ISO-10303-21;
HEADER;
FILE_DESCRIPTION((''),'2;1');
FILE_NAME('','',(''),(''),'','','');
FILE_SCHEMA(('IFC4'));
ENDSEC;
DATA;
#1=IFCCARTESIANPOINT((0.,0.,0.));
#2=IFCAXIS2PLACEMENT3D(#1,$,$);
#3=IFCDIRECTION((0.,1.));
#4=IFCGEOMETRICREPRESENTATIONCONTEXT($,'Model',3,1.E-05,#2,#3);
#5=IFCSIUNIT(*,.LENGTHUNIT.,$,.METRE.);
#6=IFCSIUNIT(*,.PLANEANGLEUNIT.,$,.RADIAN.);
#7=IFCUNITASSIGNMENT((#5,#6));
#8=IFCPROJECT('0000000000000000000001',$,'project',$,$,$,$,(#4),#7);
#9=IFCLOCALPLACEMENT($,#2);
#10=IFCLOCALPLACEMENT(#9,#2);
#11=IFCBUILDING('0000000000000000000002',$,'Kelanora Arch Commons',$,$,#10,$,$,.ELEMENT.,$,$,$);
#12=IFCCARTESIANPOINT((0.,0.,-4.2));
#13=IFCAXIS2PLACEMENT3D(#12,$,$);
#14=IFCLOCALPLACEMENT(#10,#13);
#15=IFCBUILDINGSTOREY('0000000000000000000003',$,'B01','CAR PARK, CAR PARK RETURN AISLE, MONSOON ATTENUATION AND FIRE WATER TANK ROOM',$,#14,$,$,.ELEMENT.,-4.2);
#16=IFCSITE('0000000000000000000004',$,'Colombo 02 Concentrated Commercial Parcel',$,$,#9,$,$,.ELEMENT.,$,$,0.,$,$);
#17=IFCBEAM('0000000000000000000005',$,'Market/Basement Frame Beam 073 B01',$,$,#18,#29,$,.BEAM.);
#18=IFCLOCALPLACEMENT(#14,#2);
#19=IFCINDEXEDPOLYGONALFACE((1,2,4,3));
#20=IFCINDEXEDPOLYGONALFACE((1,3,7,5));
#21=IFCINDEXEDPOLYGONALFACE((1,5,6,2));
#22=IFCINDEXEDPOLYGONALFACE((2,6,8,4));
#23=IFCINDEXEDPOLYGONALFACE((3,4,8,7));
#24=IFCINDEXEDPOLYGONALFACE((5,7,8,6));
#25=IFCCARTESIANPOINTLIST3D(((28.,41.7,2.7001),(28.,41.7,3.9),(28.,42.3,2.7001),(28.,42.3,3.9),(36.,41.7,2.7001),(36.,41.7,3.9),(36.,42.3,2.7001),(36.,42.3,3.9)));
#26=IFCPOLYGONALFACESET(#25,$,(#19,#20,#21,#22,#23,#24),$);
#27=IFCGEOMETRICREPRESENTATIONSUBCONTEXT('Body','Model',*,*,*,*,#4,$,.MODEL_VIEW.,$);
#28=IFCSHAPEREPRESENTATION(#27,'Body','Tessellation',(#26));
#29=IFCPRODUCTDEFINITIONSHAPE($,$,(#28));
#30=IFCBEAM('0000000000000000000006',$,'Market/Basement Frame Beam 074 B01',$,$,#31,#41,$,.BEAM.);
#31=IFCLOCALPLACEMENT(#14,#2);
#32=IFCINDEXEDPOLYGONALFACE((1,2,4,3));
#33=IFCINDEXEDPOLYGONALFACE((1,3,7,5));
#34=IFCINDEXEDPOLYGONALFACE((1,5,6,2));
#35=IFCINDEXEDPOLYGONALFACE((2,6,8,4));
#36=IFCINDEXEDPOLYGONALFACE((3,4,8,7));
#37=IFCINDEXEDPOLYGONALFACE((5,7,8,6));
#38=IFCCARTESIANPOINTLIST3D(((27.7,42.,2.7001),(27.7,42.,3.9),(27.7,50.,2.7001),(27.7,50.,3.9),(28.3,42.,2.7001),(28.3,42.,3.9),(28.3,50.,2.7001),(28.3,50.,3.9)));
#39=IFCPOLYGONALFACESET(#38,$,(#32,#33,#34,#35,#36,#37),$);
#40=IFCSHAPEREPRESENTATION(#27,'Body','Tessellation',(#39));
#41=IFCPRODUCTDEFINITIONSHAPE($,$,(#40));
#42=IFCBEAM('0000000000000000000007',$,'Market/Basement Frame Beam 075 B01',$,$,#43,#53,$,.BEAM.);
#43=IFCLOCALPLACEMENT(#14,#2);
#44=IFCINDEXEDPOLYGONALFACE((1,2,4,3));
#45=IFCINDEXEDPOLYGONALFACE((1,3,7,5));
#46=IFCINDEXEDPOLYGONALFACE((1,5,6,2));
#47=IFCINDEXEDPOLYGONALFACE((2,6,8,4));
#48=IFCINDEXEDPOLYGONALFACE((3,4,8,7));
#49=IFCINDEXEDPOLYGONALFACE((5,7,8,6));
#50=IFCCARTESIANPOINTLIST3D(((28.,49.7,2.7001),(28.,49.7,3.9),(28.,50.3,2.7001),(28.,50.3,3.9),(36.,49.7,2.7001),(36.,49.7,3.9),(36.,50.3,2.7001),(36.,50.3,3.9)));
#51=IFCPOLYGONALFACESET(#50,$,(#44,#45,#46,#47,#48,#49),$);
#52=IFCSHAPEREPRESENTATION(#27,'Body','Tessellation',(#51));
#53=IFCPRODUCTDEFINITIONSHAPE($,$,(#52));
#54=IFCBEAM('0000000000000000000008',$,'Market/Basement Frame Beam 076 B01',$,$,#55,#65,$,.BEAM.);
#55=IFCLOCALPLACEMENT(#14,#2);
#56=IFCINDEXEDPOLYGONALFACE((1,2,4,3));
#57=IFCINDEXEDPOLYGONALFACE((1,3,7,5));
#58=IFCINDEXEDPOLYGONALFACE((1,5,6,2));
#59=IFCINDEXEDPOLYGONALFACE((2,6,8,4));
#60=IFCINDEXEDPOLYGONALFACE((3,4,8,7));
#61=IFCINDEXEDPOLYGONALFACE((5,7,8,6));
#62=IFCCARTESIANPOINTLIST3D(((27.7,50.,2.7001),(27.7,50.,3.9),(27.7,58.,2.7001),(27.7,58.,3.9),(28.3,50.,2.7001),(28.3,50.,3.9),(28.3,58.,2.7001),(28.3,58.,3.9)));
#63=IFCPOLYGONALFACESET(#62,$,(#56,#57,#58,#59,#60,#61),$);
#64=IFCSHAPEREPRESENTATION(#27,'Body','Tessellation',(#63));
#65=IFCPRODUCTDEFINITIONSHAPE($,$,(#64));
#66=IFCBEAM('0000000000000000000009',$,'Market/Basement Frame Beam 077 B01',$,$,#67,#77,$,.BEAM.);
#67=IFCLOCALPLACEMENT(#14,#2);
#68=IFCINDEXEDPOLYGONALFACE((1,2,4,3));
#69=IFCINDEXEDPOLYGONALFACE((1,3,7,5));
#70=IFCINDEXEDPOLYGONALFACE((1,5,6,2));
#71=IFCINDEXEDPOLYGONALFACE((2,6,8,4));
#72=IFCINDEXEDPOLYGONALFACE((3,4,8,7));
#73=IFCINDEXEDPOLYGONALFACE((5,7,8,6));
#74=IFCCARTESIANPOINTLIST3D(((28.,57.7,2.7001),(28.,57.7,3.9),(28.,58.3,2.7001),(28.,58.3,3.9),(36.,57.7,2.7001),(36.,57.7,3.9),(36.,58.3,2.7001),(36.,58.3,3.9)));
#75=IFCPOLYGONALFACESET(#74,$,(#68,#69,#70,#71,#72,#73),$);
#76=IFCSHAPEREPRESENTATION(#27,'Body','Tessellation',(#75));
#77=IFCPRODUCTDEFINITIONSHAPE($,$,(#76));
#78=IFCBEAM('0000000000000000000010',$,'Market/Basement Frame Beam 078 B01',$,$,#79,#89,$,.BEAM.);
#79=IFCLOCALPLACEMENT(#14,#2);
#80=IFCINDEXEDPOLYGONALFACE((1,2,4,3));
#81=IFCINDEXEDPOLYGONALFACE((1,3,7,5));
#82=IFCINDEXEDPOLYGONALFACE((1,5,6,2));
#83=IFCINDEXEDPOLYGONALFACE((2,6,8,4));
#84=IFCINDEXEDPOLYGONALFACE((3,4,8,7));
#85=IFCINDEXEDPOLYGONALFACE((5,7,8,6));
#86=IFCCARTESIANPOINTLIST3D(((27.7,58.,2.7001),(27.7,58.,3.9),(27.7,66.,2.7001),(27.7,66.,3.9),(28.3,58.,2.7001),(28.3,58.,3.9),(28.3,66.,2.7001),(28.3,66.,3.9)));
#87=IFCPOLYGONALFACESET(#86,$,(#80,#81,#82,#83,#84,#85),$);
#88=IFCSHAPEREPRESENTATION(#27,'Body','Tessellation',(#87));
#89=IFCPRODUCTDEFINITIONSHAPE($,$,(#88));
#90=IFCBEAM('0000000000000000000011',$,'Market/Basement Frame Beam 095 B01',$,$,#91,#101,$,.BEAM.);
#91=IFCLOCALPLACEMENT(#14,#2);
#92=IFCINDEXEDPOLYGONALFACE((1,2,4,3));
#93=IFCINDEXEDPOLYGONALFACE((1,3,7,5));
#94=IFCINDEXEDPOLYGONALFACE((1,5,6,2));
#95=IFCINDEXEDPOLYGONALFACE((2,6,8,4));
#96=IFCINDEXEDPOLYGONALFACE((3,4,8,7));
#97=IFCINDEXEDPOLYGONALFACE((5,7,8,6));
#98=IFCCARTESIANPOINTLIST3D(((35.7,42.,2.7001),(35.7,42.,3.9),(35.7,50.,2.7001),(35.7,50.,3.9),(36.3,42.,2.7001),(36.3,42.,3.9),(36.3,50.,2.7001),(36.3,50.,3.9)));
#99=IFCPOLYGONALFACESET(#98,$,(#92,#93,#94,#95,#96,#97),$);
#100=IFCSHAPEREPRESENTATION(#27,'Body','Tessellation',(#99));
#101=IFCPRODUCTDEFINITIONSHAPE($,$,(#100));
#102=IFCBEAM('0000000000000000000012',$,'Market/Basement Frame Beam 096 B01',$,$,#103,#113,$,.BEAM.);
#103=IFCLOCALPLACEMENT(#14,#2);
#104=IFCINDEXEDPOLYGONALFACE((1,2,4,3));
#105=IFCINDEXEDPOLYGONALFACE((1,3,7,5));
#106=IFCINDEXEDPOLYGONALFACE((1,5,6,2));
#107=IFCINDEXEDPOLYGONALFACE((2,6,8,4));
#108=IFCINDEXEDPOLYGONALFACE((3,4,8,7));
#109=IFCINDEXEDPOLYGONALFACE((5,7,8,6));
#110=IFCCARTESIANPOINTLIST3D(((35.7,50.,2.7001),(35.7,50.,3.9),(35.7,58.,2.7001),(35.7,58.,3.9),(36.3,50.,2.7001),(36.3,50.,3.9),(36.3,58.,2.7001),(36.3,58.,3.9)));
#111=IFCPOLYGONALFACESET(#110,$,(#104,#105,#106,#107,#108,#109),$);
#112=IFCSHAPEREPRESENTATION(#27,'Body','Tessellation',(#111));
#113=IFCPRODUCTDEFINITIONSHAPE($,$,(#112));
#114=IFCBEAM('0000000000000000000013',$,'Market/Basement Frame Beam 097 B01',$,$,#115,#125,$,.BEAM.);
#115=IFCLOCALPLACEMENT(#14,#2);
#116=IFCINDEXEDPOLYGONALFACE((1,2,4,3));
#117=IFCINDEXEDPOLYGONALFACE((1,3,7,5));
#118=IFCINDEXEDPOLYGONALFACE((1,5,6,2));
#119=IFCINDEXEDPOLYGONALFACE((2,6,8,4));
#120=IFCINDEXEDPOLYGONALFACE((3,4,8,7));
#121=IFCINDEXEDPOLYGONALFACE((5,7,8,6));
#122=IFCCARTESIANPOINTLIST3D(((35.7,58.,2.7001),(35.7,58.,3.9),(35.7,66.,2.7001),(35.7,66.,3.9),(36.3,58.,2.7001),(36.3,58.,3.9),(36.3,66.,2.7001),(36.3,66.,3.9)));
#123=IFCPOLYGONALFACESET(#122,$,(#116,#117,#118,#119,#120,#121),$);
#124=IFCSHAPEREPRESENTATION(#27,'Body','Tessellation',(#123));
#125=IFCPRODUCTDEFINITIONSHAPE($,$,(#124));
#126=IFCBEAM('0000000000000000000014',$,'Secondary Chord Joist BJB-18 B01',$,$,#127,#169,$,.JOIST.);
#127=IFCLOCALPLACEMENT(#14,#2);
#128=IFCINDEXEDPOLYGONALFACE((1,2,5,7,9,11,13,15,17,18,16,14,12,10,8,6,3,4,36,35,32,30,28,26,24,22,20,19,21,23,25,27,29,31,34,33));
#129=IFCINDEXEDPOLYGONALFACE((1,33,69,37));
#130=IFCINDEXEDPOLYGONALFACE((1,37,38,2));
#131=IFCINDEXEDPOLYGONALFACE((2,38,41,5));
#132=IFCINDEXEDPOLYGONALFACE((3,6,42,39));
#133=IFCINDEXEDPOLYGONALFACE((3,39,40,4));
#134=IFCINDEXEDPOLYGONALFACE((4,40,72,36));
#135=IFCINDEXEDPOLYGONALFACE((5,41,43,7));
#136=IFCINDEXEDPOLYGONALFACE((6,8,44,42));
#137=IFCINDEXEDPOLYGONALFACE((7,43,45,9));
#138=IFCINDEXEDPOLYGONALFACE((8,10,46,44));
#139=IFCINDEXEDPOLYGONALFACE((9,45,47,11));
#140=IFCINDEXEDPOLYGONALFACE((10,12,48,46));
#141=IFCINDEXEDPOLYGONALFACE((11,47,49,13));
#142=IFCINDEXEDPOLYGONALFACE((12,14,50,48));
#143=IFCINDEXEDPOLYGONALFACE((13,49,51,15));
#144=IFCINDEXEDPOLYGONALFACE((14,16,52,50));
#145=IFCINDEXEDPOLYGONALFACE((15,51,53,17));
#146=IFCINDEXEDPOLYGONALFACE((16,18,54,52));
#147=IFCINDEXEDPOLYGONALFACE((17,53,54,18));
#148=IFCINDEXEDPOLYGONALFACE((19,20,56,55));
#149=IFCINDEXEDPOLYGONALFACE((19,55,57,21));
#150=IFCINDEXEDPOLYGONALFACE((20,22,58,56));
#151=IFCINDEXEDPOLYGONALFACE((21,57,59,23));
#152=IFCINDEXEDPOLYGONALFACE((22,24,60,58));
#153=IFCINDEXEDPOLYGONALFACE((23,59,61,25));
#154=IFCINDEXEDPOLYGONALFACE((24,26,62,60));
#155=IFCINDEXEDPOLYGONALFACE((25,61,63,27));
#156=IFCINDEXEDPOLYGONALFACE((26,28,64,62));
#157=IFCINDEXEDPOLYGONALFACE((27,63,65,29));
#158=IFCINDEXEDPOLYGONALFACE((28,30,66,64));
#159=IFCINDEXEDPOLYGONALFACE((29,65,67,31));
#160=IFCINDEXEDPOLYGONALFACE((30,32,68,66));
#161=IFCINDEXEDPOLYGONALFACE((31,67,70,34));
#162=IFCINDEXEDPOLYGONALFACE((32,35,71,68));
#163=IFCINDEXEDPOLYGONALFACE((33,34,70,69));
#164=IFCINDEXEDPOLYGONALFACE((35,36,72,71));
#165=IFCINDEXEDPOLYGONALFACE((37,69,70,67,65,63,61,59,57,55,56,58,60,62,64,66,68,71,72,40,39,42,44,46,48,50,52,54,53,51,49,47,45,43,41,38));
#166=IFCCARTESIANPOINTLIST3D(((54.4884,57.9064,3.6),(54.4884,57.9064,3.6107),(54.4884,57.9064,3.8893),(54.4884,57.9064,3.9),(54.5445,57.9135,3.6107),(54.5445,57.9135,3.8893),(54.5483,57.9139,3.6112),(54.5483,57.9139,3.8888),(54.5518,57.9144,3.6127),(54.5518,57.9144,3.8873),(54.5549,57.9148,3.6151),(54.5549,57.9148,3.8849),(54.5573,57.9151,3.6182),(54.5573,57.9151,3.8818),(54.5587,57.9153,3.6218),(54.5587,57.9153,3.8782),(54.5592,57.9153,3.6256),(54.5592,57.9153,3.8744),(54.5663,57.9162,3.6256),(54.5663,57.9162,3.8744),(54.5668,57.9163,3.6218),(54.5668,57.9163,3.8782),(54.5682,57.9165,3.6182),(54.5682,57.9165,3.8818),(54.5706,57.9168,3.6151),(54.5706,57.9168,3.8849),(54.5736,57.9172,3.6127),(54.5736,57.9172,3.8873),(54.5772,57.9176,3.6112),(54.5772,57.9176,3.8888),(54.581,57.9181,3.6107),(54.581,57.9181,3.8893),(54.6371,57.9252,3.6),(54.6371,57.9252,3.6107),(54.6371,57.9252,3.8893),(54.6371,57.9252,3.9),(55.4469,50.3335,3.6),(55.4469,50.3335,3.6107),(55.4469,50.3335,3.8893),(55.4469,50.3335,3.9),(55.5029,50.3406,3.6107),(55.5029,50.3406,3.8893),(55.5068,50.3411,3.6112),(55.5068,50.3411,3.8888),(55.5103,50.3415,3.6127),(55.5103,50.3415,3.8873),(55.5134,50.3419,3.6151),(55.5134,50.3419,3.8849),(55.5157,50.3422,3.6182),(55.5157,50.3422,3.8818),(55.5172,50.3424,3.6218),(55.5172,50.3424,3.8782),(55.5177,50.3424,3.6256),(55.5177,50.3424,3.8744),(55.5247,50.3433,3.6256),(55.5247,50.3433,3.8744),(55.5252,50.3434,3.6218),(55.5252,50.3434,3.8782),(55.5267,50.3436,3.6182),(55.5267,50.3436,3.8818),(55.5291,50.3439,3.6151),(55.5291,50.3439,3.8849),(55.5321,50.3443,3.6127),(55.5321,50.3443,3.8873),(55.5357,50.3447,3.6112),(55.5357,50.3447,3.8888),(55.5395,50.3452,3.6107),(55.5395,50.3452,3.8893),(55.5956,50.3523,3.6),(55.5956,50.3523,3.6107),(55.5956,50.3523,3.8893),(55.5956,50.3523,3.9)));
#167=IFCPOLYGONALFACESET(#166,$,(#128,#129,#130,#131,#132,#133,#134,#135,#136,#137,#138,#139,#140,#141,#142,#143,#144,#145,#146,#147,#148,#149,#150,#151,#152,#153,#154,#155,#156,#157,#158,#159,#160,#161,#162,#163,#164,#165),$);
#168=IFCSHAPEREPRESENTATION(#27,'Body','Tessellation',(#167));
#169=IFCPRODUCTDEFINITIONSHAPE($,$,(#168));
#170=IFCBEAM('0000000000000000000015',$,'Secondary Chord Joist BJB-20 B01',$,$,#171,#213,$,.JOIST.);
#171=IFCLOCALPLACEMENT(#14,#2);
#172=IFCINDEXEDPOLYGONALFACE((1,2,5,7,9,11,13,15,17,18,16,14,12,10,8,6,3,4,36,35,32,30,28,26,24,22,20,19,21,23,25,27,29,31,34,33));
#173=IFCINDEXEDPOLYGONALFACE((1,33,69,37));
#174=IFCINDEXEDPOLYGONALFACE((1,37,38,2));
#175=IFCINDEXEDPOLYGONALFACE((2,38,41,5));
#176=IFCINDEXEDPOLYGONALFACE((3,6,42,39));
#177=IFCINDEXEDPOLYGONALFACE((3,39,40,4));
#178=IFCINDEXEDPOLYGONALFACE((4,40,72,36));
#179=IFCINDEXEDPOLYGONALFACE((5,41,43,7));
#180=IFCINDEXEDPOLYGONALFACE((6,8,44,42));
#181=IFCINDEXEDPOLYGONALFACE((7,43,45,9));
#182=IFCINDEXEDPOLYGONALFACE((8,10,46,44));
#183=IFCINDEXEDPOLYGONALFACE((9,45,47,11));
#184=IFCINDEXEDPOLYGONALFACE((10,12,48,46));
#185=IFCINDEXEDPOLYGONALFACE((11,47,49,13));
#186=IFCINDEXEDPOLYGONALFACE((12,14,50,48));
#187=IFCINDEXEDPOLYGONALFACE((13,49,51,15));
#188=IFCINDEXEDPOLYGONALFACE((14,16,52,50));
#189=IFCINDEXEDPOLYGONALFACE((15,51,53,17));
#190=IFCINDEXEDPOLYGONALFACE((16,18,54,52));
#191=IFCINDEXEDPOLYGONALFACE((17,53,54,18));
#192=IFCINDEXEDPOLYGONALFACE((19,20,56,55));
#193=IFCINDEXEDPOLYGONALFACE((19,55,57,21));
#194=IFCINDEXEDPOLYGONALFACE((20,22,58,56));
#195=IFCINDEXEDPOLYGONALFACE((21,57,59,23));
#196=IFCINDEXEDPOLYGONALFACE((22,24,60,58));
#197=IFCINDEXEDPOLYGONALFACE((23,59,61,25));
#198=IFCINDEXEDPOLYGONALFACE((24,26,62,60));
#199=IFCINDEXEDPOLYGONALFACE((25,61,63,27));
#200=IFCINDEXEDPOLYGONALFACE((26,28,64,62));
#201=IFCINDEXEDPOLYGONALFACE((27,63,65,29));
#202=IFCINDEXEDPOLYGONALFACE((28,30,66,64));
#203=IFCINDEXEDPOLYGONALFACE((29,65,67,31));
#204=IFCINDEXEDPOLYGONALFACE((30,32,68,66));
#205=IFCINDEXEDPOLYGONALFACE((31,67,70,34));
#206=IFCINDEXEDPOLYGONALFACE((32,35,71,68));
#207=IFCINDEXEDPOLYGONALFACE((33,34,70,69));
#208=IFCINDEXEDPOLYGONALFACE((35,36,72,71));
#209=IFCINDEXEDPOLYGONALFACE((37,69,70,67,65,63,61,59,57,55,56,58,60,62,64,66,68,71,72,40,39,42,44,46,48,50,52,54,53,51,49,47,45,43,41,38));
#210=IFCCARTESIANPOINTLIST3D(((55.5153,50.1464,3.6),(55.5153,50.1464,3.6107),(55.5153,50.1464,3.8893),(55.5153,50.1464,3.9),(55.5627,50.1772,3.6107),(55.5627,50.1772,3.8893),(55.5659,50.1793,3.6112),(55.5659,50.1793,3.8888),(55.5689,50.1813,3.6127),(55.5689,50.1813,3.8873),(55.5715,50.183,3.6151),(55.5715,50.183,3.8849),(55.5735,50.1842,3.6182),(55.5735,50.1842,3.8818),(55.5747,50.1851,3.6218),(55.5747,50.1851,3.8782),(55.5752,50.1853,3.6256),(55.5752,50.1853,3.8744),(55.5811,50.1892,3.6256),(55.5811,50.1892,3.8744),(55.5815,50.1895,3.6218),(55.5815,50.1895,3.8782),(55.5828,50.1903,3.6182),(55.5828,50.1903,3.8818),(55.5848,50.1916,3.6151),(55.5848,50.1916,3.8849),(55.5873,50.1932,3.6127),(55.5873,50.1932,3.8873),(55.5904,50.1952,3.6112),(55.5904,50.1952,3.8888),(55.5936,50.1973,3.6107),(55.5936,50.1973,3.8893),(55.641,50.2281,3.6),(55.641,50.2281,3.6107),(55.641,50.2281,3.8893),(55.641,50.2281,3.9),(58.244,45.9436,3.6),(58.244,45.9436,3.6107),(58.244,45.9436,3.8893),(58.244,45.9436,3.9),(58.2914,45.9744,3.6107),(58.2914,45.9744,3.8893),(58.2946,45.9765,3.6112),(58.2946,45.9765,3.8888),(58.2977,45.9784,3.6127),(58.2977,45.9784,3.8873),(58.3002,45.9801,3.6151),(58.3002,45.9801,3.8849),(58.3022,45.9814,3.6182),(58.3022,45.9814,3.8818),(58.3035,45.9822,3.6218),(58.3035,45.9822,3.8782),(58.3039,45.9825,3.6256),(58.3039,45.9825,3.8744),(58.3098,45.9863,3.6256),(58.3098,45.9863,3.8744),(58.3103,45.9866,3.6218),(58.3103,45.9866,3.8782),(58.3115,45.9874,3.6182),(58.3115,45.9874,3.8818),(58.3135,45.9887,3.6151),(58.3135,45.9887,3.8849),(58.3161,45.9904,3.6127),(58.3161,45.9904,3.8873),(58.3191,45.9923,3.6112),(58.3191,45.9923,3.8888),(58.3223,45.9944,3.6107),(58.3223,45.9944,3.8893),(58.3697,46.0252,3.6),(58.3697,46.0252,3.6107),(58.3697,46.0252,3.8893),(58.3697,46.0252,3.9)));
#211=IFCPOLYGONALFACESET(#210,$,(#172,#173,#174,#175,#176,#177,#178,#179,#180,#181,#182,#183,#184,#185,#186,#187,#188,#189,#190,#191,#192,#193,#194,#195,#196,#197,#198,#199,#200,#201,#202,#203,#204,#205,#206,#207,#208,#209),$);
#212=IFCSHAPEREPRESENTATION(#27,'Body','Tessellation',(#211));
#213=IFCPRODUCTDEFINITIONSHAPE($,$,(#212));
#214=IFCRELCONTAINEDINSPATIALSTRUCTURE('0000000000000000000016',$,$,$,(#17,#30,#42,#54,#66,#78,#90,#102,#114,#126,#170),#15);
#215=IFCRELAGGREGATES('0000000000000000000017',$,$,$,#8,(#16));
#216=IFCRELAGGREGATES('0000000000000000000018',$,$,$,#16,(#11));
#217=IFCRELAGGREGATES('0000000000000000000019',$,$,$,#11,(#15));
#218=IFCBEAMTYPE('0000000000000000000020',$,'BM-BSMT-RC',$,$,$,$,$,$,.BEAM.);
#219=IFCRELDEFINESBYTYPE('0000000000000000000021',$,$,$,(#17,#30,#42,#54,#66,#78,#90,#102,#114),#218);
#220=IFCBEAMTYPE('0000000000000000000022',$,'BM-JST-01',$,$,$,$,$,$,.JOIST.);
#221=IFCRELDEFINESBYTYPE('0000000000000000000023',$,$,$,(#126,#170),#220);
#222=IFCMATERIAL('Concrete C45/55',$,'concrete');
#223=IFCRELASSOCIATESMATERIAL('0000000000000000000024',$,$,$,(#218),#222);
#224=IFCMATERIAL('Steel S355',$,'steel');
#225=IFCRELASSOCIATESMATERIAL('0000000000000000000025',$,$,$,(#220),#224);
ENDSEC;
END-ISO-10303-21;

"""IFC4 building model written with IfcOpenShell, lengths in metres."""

from ifc_helpers import new_model, si_unit, direction, frame, origin, origin_2d, place, context, subcontext, project, spatial, rectangle, i_section, extrude, material, material_profile, profile_set, type_object, element, save


model = new_model("IFC4")

# Units and contexts
model_context = context("Model", 3, precision=1e-05, world=origin(), true_north=direction((0.0, 1.0)))
body_context = subcontext(model_context, "Body", "Model", "MODEL_VIEW")
ifc_project = project(units=[si_unit("LENGTHUNIT", "METRE"), si_unit("PLANEANGLEUNIT", "RADIAN")], contexts=[model_context])

# Site, building, storey
site_placement = place(None, origin())
site = spatial("IfcSite", under=ifc_project, at=site_placement, Name="Colombo 02 Concentrated Commercial Parcel", CompositionType="ELEMENT", RefElevation=0.0)
building_placement = place(site_placement, origin())
building = spatial("IfcBuilding", under=site, at=building_placement, Name="Kelanora Arch Commons", CompositionType="ELEMENT")
storey_placement = place(building_placement, frame((0.0, 0.0, -4.2)))
storey = spatial("IfcBuildingStorey", under=building, at=storey_placement, Name="B01", Description="CAR PARK, CAR PARK RETURN AISLE, MONSOON ATTENUATION AND FIRE WATER TANK ROOM", CompositionType="ELEMENT", Elevation=-4.2)

# Beams
ifc_material_1 = material(Name="Concrete C45/55", Category="concrete")
ifc_material_profile_1 = material_profile(ifc_material_1, rectangle(XDim=0.6001, YDim=1.2, at=origin_2d()), Name="RCB600x1200")
ifc_profile_set_1 = profile_set([ifc_material_profile_1], Name="Concrete C45/55")
beam_type_1 = type_object("IfcBeamType", Name="BM-BSMT-RC", PredefinedType="BEAM", material=ifc_profile_set_1)
for number, where, z_axis, x_axis, name in (
    (1, (28.0, 42.0, 3.3), (1.0, 0.0, 0.0), (0.0, 1.0, 0.0), "Market/Basement Frame Beam 073 B01"),
    (2, (28.0, 42.0, 3.3), (0.0, 1.0, 0.0), (-1.0, 0.0, 0.0), "Market/Basement Frame Beam 074 B01"),
    (3, (28.0, 50.0, 3.3), (1.0, 0.0, 0.0), (0.0, 1.0, 0.0), "Market/Basement Frame Beam 075 B01"),
    (4, (28.0, 50.0, 3.3), (0.0, 1.0, 0.0), (-1.0, 0.0, 0.0), "Market/Basement Frame Beam 076 B01"),
    (5, (28.0, 58.0, 3.3), (1.0, 0.0, 0.0), (0.0, 1.0, 0.0), "Market/Basement Frame Beam 077 B01"),
    (6, (28.0, 58.0, 3.3), (0.0, 1.0, 0.0), (-1.0, 0.0, 0.0), "Market/Basement Frame Beam 078 B01"),
    (7, (36.0, 42.0, 3.3), (0.0, 1.0, 0.0), (-1.0, 0.0, 0.0), "Market/Basement Frame Beam 095 B01"),
    (8, (36.0, 50.0, 3.3), (0.0, 1.0, 0.0), (-1.0, 0.0, 0.0), "Market/Basement Frame Beam 096 B01"),
    (9, (36.0, 58.0, 3.3), (0.0, 1.0, 0.0), (-1.0, 0.0, 0.0), "Market/Basement Frame Beam 097 B01"),
):
    element("IfcBeam", number, at=place(storey_placement, frame(where, z_axis=z_axis, x_axis=x_axis)), inside=storey, type_object=beam_type_1, Name=name, PredefinedType="BEAM", context=body_context, shape_type="SweptSolid", body=[
        extrude(rectangle(XDim=0.6001, YDim=1.2, at=origin_2d()), origin(), (0.0, 0.0, 1.0), 8.0),
    ])
ifc_material_2 = material(Name="Steel S355", Category="steel")
ifc_material_profile_2 = material_profile(ifc_material_2, i_section(OverallWidth=0.1499, OverallDepth=0.3, WebThickness=0.0071, FlangeThickness=0.0107, FilletRadius=0.0149, at=origin_2d()), Name="IPE300")
ifc_profile_set_2 = profile_set([ifc_material_profile_2], Name="Steel S355")
beam_type_2 = type_object("IfcBeamType", Name="BM-JST-01", PredefinedType="JOIST", material=ifc_profile_set_2)
beam_1_placement = place(storey_placement, frame((54.5627, 57.9158, 3.75), z_axis=(0.125566, -0.992085, 0.0), x_axis=(0.992085, 0.125566, 0.0)))
element("IfcBeam", 10, at=beam_1_placement, inside=storey, type_object=beam_type_2, Name="Secondary Chord Joist BJB-18 B01", PredefinedType="JOIST", context=body_context, shape_type="SweptSolid", body=[
    extrude(i_section(OverallWidth=0.1499, OverallDepth=0.3, WebThickness=0.0071, FlangeThickness=0.0107, FilletRadius=0.0149, at=origin_2d()), origin(), (0.0, 0.0, 1.0), 7.6333),
])
beam_2_placement = place(storey_placement, frame((55.5781, 50.1873, 3.75), z_axis=(0.544552, -0.838727, 0.0), x_axis=(0.838727, 0.544552, 0.0)))
element("IfcBeam", 11, at=beam_2_placement, inside=storey, type_object=beam_type_2, Name="Secondary Chord Joist BJB-20 B01", PredefinedType="JOIST", context=body_context, shape_type="SweptSolid", body=[
    extrude(i_section(OverallWidth=0.1499, OverallDepth=0.3, WebThickness=0.0071, FlangeThickness=0.0107, FilletRadius=0.0149, at=origin_2d()), origin(), (0.0, 0.0, 1.0), 5.011),
])

save(model, "model.ifc")
